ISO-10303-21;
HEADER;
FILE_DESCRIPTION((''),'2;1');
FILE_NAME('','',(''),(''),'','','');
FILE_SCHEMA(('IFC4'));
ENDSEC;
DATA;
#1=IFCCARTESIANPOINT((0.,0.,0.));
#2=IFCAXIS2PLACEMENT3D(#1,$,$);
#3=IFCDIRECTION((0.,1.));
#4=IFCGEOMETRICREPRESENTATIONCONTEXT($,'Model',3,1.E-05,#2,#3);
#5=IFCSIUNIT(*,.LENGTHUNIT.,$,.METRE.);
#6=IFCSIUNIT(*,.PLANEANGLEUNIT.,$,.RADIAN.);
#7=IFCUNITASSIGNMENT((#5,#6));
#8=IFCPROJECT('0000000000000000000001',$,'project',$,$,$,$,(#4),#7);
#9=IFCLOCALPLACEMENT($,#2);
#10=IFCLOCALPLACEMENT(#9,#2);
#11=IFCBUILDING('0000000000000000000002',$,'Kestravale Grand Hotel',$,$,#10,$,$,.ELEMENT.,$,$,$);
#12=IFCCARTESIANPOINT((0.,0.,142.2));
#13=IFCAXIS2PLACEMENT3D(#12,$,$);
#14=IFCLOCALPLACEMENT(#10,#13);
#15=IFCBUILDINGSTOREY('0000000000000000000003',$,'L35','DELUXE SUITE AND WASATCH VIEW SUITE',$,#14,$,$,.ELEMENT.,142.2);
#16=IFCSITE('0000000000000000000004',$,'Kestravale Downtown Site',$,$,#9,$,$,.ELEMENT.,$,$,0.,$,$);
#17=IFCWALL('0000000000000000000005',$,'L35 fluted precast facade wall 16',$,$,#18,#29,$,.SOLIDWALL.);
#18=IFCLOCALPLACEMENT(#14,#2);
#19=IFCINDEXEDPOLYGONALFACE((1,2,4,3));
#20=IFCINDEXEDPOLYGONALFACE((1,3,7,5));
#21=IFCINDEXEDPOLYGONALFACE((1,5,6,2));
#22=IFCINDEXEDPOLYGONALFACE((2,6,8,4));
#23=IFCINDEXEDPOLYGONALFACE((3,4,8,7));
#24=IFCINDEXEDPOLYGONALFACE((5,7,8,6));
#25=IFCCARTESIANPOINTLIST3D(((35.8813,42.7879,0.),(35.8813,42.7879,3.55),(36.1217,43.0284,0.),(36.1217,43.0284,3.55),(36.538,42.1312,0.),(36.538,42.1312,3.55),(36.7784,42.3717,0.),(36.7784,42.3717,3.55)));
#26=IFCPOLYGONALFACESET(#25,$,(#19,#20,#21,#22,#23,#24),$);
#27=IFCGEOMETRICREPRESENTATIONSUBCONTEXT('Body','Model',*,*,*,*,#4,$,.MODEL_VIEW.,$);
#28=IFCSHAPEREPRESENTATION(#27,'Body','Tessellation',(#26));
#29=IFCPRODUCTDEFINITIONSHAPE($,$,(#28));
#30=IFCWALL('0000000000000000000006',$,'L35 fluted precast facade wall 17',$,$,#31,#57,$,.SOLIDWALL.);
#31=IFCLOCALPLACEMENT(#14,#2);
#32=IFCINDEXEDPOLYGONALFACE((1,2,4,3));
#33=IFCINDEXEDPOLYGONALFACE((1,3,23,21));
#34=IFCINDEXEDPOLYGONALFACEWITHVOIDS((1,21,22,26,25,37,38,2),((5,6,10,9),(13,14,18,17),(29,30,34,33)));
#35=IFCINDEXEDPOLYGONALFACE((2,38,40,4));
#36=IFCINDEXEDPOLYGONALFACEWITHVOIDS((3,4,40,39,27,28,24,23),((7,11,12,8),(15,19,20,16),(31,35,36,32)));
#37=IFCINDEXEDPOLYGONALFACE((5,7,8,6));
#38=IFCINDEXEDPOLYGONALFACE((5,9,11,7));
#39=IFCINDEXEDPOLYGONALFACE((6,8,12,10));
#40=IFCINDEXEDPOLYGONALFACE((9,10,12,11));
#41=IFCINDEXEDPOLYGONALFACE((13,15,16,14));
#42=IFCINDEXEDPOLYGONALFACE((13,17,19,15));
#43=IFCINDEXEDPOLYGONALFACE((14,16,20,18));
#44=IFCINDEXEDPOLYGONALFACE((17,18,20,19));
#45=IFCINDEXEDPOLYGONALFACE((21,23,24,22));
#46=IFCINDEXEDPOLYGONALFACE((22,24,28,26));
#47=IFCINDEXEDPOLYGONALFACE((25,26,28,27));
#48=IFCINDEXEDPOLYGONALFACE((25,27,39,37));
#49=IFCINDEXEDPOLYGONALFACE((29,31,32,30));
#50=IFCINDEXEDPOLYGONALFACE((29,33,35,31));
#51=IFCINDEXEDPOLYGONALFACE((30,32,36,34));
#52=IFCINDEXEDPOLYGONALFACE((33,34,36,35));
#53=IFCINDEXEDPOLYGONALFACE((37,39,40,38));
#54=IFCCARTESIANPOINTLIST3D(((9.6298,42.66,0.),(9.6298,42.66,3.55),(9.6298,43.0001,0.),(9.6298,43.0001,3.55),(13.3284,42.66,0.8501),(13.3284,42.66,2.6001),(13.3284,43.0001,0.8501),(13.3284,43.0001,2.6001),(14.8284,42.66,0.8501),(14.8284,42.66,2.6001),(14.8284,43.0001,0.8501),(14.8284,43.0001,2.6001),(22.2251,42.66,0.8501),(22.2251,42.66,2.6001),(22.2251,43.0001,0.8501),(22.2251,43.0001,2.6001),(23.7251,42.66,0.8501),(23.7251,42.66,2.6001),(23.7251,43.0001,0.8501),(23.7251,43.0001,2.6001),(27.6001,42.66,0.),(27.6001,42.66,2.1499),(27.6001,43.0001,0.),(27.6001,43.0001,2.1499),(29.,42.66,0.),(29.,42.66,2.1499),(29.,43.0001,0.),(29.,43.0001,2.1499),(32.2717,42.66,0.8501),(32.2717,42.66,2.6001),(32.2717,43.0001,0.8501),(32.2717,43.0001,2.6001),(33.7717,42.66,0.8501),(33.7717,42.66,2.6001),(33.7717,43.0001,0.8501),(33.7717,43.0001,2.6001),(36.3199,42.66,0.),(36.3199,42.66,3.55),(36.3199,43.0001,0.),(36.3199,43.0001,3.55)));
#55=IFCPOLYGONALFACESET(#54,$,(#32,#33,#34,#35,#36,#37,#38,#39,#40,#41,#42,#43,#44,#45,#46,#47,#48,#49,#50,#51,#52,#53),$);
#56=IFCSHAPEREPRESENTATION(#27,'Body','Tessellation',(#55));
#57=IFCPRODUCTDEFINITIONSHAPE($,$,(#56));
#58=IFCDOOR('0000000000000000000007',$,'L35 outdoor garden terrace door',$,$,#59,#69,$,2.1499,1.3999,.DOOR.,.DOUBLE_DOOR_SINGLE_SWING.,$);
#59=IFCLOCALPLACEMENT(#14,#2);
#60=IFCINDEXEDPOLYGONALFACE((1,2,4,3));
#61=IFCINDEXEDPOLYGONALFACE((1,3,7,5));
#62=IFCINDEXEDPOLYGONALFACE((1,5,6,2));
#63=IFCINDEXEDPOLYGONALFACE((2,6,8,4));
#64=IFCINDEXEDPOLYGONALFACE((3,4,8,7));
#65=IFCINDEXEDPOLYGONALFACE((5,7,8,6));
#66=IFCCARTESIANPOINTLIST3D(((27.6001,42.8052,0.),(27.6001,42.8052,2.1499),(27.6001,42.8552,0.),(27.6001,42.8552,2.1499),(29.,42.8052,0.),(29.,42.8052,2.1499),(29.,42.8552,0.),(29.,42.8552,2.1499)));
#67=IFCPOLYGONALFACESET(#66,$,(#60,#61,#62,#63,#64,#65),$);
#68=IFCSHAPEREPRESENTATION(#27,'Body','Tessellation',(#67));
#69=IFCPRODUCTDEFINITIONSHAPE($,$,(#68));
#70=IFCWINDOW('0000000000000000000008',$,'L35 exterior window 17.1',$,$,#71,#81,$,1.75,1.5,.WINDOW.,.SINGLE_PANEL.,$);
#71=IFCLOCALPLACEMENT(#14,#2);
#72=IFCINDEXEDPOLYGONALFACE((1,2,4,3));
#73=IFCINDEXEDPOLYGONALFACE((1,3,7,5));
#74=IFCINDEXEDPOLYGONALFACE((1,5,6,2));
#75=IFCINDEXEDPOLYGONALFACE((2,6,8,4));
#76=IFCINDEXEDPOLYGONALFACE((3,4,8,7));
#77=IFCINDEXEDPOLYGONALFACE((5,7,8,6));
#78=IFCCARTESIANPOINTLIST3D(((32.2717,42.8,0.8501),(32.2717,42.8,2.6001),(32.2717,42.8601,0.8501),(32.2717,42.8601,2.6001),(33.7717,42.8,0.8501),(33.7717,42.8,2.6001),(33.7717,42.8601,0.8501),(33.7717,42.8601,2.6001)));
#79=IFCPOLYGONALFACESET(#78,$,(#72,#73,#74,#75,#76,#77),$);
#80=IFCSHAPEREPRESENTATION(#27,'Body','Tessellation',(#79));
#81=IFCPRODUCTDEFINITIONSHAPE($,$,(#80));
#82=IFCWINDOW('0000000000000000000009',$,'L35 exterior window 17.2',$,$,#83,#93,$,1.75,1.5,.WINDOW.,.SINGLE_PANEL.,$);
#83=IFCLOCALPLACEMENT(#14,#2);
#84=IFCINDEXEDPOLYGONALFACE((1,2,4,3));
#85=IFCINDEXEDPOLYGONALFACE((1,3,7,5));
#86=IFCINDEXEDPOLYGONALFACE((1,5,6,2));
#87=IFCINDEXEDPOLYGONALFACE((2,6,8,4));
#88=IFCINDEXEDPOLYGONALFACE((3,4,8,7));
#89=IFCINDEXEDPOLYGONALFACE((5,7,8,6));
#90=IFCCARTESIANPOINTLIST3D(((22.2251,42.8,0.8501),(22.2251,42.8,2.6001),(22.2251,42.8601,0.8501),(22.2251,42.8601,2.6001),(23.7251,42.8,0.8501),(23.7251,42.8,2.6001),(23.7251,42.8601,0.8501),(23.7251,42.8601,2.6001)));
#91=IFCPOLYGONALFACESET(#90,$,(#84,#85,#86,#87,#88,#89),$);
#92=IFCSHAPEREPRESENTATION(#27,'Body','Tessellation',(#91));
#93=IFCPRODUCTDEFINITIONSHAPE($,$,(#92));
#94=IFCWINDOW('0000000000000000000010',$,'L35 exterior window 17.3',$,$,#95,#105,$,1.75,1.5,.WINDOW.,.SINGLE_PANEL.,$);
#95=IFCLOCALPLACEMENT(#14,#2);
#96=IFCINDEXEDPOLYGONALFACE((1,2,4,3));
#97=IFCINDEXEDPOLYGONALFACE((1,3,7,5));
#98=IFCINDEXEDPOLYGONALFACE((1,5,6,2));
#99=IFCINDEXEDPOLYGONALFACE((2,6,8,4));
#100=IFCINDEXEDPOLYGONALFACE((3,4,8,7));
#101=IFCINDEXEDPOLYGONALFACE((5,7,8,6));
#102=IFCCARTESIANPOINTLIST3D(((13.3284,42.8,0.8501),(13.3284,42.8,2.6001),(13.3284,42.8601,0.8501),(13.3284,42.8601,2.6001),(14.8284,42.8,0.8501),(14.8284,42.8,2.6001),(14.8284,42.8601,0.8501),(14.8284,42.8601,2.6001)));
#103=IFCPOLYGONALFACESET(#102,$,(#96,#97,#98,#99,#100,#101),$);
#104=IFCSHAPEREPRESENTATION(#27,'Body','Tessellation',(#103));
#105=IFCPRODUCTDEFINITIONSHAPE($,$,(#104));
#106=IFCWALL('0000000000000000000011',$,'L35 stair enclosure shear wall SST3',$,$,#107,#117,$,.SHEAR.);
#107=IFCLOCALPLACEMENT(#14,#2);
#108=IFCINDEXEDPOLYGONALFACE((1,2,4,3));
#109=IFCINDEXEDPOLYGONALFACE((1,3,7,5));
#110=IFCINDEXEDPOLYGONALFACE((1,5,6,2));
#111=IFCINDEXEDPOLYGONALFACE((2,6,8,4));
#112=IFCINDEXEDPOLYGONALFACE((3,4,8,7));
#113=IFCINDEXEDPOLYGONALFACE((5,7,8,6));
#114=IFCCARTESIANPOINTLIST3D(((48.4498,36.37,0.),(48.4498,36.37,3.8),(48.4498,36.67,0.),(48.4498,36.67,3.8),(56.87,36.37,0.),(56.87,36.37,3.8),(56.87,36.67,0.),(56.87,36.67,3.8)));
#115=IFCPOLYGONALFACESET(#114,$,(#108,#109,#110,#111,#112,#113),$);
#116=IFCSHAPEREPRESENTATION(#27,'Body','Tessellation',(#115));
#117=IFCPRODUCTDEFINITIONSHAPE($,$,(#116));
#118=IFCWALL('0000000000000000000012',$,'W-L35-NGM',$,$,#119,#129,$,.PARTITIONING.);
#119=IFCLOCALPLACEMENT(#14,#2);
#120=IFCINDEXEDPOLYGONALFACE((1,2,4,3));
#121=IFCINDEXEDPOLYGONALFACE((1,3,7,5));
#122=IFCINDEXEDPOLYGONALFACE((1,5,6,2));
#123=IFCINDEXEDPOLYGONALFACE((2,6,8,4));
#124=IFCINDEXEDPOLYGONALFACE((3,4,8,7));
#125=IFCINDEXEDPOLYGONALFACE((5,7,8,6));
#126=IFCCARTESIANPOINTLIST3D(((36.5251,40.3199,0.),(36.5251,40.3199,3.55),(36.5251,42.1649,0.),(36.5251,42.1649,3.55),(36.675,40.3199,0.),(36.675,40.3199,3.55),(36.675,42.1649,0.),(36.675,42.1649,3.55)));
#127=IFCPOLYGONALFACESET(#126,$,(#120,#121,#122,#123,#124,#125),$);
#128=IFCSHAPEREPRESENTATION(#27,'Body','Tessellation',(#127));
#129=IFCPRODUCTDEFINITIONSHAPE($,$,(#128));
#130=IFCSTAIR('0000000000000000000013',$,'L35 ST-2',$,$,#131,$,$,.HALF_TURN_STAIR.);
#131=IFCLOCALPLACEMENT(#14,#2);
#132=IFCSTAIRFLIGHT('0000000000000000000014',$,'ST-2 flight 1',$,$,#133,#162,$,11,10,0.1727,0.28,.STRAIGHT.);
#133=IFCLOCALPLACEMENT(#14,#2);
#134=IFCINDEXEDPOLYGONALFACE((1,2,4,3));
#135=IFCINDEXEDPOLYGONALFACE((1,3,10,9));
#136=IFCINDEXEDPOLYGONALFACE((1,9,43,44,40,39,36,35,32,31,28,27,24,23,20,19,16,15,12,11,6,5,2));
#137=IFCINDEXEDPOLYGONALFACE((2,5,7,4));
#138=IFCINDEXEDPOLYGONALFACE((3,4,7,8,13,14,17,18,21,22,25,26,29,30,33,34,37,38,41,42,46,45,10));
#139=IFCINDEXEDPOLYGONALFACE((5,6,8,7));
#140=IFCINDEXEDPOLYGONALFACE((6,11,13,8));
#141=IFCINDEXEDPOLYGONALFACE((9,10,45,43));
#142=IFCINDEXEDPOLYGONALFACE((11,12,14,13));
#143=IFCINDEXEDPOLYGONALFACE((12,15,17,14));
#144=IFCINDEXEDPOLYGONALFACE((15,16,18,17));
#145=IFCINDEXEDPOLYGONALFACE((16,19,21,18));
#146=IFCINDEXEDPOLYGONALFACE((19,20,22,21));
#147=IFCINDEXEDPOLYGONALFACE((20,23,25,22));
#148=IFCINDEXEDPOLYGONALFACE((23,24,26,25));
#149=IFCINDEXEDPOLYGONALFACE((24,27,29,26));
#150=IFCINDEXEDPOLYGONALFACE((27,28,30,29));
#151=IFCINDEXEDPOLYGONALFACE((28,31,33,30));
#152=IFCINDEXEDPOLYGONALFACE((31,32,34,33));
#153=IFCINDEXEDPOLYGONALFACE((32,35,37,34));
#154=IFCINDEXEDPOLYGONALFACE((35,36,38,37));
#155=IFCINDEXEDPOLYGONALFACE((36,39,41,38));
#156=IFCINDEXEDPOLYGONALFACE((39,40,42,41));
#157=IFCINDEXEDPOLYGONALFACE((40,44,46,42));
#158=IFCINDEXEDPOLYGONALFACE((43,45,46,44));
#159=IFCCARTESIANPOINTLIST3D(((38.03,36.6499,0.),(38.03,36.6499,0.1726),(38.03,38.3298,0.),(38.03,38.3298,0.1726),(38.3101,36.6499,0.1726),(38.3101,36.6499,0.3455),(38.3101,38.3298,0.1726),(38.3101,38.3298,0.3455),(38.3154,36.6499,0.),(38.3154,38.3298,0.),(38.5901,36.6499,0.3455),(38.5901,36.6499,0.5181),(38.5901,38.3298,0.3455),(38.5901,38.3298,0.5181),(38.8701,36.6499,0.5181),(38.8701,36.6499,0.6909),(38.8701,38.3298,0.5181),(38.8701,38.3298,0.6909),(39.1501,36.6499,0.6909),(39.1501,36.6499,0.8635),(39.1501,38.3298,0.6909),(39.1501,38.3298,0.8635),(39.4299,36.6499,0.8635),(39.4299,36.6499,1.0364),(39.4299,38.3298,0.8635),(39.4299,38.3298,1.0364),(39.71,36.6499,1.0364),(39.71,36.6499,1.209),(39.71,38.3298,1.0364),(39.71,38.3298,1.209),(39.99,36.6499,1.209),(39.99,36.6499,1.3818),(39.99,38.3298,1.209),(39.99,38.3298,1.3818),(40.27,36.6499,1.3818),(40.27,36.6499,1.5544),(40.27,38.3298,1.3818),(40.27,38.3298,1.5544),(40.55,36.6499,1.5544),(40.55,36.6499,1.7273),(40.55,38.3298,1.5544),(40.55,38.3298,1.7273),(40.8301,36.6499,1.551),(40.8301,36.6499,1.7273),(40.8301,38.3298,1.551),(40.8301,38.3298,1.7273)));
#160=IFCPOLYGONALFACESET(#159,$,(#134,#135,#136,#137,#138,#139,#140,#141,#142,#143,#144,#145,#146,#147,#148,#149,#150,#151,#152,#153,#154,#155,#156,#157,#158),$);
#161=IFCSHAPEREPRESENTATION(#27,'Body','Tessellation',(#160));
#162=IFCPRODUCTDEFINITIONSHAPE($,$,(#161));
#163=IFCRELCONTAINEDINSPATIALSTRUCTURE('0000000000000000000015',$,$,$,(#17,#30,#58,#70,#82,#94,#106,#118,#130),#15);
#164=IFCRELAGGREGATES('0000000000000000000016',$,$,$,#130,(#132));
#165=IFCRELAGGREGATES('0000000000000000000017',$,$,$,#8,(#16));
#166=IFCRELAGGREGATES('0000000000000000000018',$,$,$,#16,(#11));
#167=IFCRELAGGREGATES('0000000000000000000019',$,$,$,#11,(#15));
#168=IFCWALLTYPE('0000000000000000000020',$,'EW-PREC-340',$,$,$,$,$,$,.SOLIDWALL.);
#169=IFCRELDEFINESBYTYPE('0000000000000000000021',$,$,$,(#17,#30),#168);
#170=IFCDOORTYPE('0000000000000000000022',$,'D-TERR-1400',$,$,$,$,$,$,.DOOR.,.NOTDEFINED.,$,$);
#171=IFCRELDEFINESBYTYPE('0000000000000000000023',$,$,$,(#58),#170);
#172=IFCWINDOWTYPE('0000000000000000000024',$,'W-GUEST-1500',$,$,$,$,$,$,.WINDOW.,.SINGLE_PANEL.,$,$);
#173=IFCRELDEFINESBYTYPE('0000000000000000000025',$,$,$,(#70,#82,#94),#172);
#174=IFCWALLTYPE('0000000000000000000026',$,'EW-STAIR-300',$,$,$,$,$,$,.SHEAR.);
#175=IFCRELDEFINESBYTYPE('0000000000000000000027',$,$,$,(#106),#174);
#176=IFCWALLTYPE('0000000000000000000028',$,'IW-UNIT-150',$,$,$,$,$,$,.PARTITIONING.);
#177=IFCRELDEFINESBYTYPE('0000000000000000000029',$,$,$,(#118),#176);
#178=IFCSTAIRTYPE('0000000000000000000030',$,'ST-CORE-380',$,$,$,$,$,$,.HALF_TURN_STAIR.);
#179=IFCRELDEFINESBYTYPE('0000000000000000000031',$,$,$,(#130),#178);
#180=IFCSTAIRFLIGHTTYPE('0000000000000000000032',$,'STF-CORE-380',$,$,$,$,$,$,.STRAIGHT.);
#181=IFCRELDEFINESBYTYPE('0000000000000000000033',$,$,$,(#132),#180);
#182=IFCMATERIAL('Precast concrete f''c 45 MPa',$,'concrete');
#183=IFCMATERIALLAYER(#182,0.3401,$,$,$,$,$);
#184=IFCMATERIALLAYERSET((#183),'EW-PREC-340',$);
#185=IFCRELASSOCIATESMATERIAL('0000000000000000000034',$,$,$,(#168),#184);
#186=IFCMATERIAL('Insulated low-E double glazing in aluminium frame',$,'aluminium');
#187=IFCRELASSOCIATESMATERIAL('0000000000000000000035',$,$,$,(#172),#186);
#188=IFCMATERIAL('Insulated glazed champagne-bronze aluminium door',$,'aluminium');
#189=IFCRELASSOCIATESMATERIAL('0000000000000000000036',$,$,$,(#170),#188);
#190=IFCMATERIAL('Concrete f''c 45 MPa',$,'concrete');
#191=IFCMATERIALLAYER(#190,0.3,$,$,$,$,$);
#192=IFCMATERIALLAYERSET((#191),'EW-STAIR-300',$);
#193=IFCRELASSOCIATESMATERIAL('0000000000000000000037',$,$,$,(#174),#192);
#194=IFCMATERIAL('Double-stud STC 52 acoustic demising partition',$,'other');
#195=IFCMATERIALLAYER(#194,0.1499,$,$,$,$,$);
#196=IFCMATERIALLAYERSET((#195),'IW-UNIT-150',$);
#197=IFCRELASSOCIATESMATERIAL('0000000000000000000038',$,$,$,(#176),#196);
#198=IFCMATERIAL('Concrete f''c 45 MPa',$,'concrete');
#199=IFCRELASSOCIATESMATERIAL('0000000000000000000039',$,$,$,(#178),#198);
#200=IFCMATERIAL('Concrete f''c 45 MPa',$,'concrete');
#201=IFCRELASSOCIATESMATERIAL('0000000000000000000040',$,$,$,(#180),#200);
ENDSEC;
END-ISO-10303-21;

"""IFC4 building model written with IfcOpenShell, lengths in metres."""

from ifc_helpers import new_model, si_unit, direction, frame, frame_2d, origin, place, context, subcontext, project, spatial, polyline, rectangle, outline, extrude, material, layer, layer_set, type_object, element, fill, aggregate, save


model = new_model("IFC4")

# Units and contexts
model_context = context("Model", 3, precision=1e-05, world=origin(), true_north=direction((0.0, 1.0)))
body_context = subcontext(model_context, "Body", "Model", "MODEL_VIEW")
ifc_project = project(units=[si_unit("LENGTHUNIT", "METRE"), si_unit("PLANEANGLEUNIT", "RADIAN")], contexts=[model_context])

# Site, building, storey
site_placement = place(None, origin())
site = spatial("IfcSite", under=ifc_project, at=site_placement, Name="Kestravale Downtown Site", CompositionType="ELEMENT", RefElevation=0.0)
building_placement = place(site_placement, origin())
building = spatial("IfcBuilding", under=site, at=building_placement, Name="Kestravale Grand Hotel", CompositionType="ELEMENT")
storey_placement = place(building_placement, frame((0.0, 0.0, 142.2)))
storey = spatial("IfcBuildingStorey", under=building, at=storey_placement, Name="L35", Description="DELUXE SUITE AND WASATCH VIEW SUITE", CompositionType="ELEMENT", Elevation=142.2)

# Shared definitions
ifc_material_1 = material(Name="Precast concrete f'c 45 MPa", Category="concrete")
ifc_layer_1 = layer(ifc_material_1, 0.3401)
ifc_layer_set_1 = layer_set([ifc_layer_1], Name="EW-PREC-340")
wall_type_1 = type_object("IfcWallType", Name="EW-PREC-340", PredefinedType="SOLIDWALL", material=ifc_layer_set_1)

# Shared definitions
ifc_material_2 = material(Name="Insulated low-E double glazing in aluminium frame", Category="aluminium")
window_type = type_object("IfcWindowType", Name="W-GUEST-1500", PartitioningType="SINGLE_PANEL", PredefinedType="WINDOW", material=ifc_material_2)

# Wall
wall_1_placement = place(storey_placement, frame((36.6582, 42.2515, 0.0), z_axis=(0.0, 0.0, 1.0), x_axis=(-0.707107, 0.707107, 0.0)))
element("IfcWall", 1, at=wall_1_placement, inside=storey, type_object=wall_type_1, Name="L35 fluted precast facade wall 16", PredefinedType="SOLIDWALL", context=body_context, shape_type="SweptSolid", body=[
    extrude(rectangle(XDim=0.9287, YDim=0.3401, at=frame_2d((0.4644, 0.0))), origin(), (0.0, 0.0, 1.0), 3.55),
])

# Wall, openings, door, windows
wall_2_placement = place(storey_placement, frame((36.3201, 42.8301, 0.0), z_axis=(0.0, 0.0, 1.0), x_axis=(-1.0, 0.0, 0.0)))
wall_2 = element("IfcWall", 2, at=wall_2_placement, inside=storey, type_object=wall_type_1, Name="L35 fluted precast facade wall 17", PredefinedType="SOLIDWALL", context=body_context, shape_type="SweptSolid", body=[
    extrude(rectangle(XDim=26.6902, YDim=0.3401, at=frame_2d((13.3452, 0.0))), origin(), (0.0, 0.0, 1.0), 3.55),
])
opening_1_placement = place(wall_2_placement, frame((7.3201, 0.0, 0.0)))
opening_1 = element("IfcOpeningElement", 3, at=opening_1_placement, cuts=wall_2, PredefinedType="OPENING", context=body_context, shape_type="SweptSolid", body=[
    extrude(rectangle(XDim=1.3999, YDim=2.1499, at=frame_2d((0.7, 1.075))), frame((0.0, 0.1799, 0.0), z_axis=(0.0, -1.0, 0.0), x_axis=(1.0, 0.0, 0.0)), (0.0, 0.0, 1.0), 0.3601),
])
opening_2_placement = place(wall_2_placement, frame((2.5483, 0.0, 0.8501)))
opening_2 = element("IfcOpeningElement", 4, at=opening_2_placement, cuts=wall_2, PredefinedType="OPENING", context=body_context, shape_type="SweptSolid", body=[
    extrude(rectangle(XDim=1.5, YDim=1.75, at=frame_2d((0.75, 0.875))), frame((0.0, 0.1799, 0.0), z_axis=(0.0, -1.0, 0.0), x_axis=(1.0, 0.0, 0.0)), (0.0, 0.0, 1.0), 0.3601),
])
opening_3_placement = place(wall_2_placement, frame((12.595, 0.0, 0.8501)))
opening_3 = element("IfcOpeningElement", 5, at=opening_3_placement, cuts=wall_2, PredefinedType="OPENING", context=body_context, shape_type="SweptSolid", body=[
    extrude(rectangle(XDim=1.5, YDim=1.75, at=frame_2d((0.75, 0.875))), frame((0.0, 0.1799, 0.0), z_axis=(0.0, -1.0, 0.0), x_axis=(1.0, 0.0, 0.0)), (0.0, 0.0, 1.0), 0.3601),
])
opening_4_placement = place(wall_2_placement, frame((21.4917, 0.0, 0.8501)))
opening_4 = element("IfcOpeningElement", 6, at=opening_4_placement, cuts=wall_2, PredefinedType="OPENING", context=body_context, shape_type="SweptSolid", body=[
    extrude(rectangle(XDim=1.5, YDim=1.75, at=frame_2d((0.75, 0.875))), frame((0.0, 0.1799, 0.0), z_axis=(0.0, -1.0, 0.0), x_axis=(1.0, 0.0, 0.0)), (0.0, 0.0, 1.0), 0.3601),
])
ifc_material_3 = material(Name="Insulated glazed champagne-bronze aluminium door", Category="aluminium")
door_type = type_object("IfcDoorType", Name="D-TERR-1400", OperationType="NOTDEFINED", PredefinedType="DOOR", material=ifc_material_3)
door_placement = place(opening_1_placement, origin())
door = element("IfcDoor", 7, at=door_placement, inside=storey, type_object=door_type, Name="L35 outdoor garden terrace door", OperationType="DOUBLE_DOOR_SINGLE_SWING", OverallHeight=2.1499, OverallWidth=1.3999, PredefinedType="DOOR", context=body_context, shape_type="SweptSolid", body=[
    extrude(rectangle(XDim=1.3999, YDim=2.1499, at=frame_2d((0.7, 1.075))), frame((0.0, 0.0249, 0.0), z_axis=(0.0, -1.0, 0.0), x_axis=(1.0, 0.0, 0.0)), (0.0, 0.0, 1.0), 0.05),
])
fill(opening_1, door)
window_1_placement = place(opening_2_placement, origin())
window_1 = element("IfcWindow", 8, at=window_1_placement, inside=storey, type_object=window_type, Name="L35 exterior window 17.1", OverallHeight=1.75, OverallWidth=1.5, PartitioningType="SINGLE_PANEL", PredefinedType="WINDOW", context=body_context, shape_type="SweptSolid", body=[
    extrude(rectangle(XDim=1.5, YDim=1.75, at=frame_2d((0.75, 0.875))), frame((0.0, 0.03, 0.0), z_axis=(0.0, -1.0, 0.0), x_axis=(1.0, 0.0, 0.0)), (0.0, 0.0, 1.0), 0.0601),
])
fill(opening_2, window_1)
window_2_placement = place(opening_3_placement, origin())
window_2 = element("IfcWindow", 9, at=window_2_placement, inside=storey, type_object=window_type, Name="L35 exterior window 17.2", OverallHeight=1.75, OverallWidth=1.5, PartitioningType="SINGLE_PANEL", PredefinedType="WINDOW", context=body_context, shape_type="SweptSolid", body=[
    extrude(rectangle(XDim=1.5, YDim=1.75, at=frame_2d((0.75, 0.875))), frame((0.0, 0.03, 0.0), z_axis=(0.0, -1.0, 0.0), x_axis=(1.0, 0.0, 0.0)), (0.0, 0.0, 1.0), 0.0601),
])
fill(opening_3, window_2)
window_3_placement = place(opening_4_placement, origin())
window_3 = element("IfcWindow", 10, at=window_3_placement, inside=storey, type_object=window_type, Name="L35 exterior window 17.3", OverallHeight=1.75, OverallWidth=1.5, PartitioningType="SINGLE_PANEL", PredefinedType="WINDOW", context=body_context, shape_type="SweptSolid", body=[
    extrude(rectangle(XDim=1.5, YDim=1.75, at=frame_2d((0.75, 0.875))), frame((0.0, 0.03, 0.0), z_axis=(0.0, -1.0, 0.0), x_axis=(1.0, 0.0, 0.0)), (0.0, 0.0, 1.0), 0.0601),
])
fill(opening_4, window_3)

# Walls
ifc_material_4 = material(Name="Concrete f'c 45 MPa", Category="concrete")
ifc_layer_2 = layer(ifc_material_4, 0.3)
ifc_layer_set_2 = layer_set([ifc_layer_2], Name="EW-STAIR-300")
wall_type_2 = type_object("IfcWallType", Name="EW-STAIR-300", PredefinedType="SHEAR", material=ifc_layer_set_2)
wall_3_placement = place(storey_placement, frame((48.45, 36.52, 0.0), z_axis=(0.0, 0.0, 1.0), x_axis=(1.0, 0.0, 0.0)))
element("IfcWall", 11, at=wall_3_placement, inside=storey, type_object=wall_type_2, Name="L35 stair enclosure shear wall SST3", PredefinedType="SHEAR", context=body_context, shape_type="SweptSolid", body=[
    extrude(rectangle(XDim=8.4202, YDim=0.3, at=frame_2d((4.21, 0.0))), origin(), (0.0, 0.0, 1.0), 3.8),
])
ifc_material_5 = material(Name="Double-stud STC 52 acoustic demising partition", Category="other")
ifc_layer_3 = layer(ifc_material_5, 0.1499)
ifc_layer_set_3 = layer_set([ifc_layer_3], Name="IW-UNIT-150")
wall_type_3 = type_object("IfcWallType", Name="IW-UNIT-150", PredefinedType="PARTITIONING", material=ifc_layer_set_3)
wall_4_placement = place(storey_placement, frame((36.6001, 40.3201, 0.0), z_axis=(0.0, 0.0, 1.0), x_axis=(0.0, 1.0, 0.0)))
element("IfcWall", 12, at=wall_4_placement, inside=storey, type_object=wall_type_3, Name="W-L35-NGM", PredefinedType="PARTITIONING", context=body_context, shape_type="SweptSolid", body=[
    extrude(rectangle(XDim=1.845, YDim=0.1499, at=frame_2d((0.9224, 0.0))), origin(), (0.0, 0.0, 1.0), 3.55),
])

# Stair, stair flight
ifc_material_6 = material(Name="Concrete f'c 45 MPa", Category="concrete")
stair_type = type_object("IfcStairType", Name="ST-CORE-380", PredefinedType="HALF_TURN_STAIR", material=ifc_material_6)
stair_placement = place(storey_placement, origin())
stair = element("IfcStair", 13, at=stair_placement, inside=storey, type_object=stair_type, Name="L35 ST-2", PredefinedType="HALF_TURN_STAIR")
ifc_material_7 = material(Name="Concrete f'c 45 MPa", Category="concrete")
stair_flight_type = type_object("IfcStairFlightType", Name="STF-CORE-380", PredefinedType="STRAIGHT", material=ifc_material_7)
stair_flight_1_placement = place(storey_placement, frame((38.03, 37.49, 0.0), z_axis=(0.0, 0.0, 1.0), x_axis=(1.0, 0.0, 0.0)))
stair_flight_1 = element("IfcStairFlight", 14, at=stair_flight_1_placement, type_object=stair_flight_type, Name="ST-2 flight 1", NumberOfRisers=11, NumberOfTreads=10, PredefinedType="STRAIGHT", RiserHeight=0.1727, TreadLength=0.28, context=body_context, shape_type="SweptSolid", body=[
    extrude(outline(polyline([(0.0, 0.0), (0.0, 0.1726), (0.28, 0.1726), (0.28, 0.3455), (0.5601, 0.3455), (0.5601, 0.5181), (0.8401, 0.5181), (0.8401, 0.6909), (1.1201, 0.6909), (1.1201, 0.8635), (1.3999, 0.8635), (1.3999, 1.0364), (1.6799, 1.0364), (1.6799, 1.209), (1.96, 1.209), (1.96, 1.3818), (2.24, 1.3818), (2.24, 1.5544), (2.52, 1.5544), (2.52, 1.7273), (2.8, 1.7273), (2.8, 1.8999), (2.8, 1.551), (0.2854, 0.0), (0.0, 0.0)])), frame((0.0, 0.8398, 0.0), z_axis=(0.0, -1.0, 0.0), x_axis=(1.0, 0.0, 0.0)), (0.0, 0.0, 1.0), 1.6799),
])
aggregate(stair, [stair_flight_1])

save(model, "model.ifc")
